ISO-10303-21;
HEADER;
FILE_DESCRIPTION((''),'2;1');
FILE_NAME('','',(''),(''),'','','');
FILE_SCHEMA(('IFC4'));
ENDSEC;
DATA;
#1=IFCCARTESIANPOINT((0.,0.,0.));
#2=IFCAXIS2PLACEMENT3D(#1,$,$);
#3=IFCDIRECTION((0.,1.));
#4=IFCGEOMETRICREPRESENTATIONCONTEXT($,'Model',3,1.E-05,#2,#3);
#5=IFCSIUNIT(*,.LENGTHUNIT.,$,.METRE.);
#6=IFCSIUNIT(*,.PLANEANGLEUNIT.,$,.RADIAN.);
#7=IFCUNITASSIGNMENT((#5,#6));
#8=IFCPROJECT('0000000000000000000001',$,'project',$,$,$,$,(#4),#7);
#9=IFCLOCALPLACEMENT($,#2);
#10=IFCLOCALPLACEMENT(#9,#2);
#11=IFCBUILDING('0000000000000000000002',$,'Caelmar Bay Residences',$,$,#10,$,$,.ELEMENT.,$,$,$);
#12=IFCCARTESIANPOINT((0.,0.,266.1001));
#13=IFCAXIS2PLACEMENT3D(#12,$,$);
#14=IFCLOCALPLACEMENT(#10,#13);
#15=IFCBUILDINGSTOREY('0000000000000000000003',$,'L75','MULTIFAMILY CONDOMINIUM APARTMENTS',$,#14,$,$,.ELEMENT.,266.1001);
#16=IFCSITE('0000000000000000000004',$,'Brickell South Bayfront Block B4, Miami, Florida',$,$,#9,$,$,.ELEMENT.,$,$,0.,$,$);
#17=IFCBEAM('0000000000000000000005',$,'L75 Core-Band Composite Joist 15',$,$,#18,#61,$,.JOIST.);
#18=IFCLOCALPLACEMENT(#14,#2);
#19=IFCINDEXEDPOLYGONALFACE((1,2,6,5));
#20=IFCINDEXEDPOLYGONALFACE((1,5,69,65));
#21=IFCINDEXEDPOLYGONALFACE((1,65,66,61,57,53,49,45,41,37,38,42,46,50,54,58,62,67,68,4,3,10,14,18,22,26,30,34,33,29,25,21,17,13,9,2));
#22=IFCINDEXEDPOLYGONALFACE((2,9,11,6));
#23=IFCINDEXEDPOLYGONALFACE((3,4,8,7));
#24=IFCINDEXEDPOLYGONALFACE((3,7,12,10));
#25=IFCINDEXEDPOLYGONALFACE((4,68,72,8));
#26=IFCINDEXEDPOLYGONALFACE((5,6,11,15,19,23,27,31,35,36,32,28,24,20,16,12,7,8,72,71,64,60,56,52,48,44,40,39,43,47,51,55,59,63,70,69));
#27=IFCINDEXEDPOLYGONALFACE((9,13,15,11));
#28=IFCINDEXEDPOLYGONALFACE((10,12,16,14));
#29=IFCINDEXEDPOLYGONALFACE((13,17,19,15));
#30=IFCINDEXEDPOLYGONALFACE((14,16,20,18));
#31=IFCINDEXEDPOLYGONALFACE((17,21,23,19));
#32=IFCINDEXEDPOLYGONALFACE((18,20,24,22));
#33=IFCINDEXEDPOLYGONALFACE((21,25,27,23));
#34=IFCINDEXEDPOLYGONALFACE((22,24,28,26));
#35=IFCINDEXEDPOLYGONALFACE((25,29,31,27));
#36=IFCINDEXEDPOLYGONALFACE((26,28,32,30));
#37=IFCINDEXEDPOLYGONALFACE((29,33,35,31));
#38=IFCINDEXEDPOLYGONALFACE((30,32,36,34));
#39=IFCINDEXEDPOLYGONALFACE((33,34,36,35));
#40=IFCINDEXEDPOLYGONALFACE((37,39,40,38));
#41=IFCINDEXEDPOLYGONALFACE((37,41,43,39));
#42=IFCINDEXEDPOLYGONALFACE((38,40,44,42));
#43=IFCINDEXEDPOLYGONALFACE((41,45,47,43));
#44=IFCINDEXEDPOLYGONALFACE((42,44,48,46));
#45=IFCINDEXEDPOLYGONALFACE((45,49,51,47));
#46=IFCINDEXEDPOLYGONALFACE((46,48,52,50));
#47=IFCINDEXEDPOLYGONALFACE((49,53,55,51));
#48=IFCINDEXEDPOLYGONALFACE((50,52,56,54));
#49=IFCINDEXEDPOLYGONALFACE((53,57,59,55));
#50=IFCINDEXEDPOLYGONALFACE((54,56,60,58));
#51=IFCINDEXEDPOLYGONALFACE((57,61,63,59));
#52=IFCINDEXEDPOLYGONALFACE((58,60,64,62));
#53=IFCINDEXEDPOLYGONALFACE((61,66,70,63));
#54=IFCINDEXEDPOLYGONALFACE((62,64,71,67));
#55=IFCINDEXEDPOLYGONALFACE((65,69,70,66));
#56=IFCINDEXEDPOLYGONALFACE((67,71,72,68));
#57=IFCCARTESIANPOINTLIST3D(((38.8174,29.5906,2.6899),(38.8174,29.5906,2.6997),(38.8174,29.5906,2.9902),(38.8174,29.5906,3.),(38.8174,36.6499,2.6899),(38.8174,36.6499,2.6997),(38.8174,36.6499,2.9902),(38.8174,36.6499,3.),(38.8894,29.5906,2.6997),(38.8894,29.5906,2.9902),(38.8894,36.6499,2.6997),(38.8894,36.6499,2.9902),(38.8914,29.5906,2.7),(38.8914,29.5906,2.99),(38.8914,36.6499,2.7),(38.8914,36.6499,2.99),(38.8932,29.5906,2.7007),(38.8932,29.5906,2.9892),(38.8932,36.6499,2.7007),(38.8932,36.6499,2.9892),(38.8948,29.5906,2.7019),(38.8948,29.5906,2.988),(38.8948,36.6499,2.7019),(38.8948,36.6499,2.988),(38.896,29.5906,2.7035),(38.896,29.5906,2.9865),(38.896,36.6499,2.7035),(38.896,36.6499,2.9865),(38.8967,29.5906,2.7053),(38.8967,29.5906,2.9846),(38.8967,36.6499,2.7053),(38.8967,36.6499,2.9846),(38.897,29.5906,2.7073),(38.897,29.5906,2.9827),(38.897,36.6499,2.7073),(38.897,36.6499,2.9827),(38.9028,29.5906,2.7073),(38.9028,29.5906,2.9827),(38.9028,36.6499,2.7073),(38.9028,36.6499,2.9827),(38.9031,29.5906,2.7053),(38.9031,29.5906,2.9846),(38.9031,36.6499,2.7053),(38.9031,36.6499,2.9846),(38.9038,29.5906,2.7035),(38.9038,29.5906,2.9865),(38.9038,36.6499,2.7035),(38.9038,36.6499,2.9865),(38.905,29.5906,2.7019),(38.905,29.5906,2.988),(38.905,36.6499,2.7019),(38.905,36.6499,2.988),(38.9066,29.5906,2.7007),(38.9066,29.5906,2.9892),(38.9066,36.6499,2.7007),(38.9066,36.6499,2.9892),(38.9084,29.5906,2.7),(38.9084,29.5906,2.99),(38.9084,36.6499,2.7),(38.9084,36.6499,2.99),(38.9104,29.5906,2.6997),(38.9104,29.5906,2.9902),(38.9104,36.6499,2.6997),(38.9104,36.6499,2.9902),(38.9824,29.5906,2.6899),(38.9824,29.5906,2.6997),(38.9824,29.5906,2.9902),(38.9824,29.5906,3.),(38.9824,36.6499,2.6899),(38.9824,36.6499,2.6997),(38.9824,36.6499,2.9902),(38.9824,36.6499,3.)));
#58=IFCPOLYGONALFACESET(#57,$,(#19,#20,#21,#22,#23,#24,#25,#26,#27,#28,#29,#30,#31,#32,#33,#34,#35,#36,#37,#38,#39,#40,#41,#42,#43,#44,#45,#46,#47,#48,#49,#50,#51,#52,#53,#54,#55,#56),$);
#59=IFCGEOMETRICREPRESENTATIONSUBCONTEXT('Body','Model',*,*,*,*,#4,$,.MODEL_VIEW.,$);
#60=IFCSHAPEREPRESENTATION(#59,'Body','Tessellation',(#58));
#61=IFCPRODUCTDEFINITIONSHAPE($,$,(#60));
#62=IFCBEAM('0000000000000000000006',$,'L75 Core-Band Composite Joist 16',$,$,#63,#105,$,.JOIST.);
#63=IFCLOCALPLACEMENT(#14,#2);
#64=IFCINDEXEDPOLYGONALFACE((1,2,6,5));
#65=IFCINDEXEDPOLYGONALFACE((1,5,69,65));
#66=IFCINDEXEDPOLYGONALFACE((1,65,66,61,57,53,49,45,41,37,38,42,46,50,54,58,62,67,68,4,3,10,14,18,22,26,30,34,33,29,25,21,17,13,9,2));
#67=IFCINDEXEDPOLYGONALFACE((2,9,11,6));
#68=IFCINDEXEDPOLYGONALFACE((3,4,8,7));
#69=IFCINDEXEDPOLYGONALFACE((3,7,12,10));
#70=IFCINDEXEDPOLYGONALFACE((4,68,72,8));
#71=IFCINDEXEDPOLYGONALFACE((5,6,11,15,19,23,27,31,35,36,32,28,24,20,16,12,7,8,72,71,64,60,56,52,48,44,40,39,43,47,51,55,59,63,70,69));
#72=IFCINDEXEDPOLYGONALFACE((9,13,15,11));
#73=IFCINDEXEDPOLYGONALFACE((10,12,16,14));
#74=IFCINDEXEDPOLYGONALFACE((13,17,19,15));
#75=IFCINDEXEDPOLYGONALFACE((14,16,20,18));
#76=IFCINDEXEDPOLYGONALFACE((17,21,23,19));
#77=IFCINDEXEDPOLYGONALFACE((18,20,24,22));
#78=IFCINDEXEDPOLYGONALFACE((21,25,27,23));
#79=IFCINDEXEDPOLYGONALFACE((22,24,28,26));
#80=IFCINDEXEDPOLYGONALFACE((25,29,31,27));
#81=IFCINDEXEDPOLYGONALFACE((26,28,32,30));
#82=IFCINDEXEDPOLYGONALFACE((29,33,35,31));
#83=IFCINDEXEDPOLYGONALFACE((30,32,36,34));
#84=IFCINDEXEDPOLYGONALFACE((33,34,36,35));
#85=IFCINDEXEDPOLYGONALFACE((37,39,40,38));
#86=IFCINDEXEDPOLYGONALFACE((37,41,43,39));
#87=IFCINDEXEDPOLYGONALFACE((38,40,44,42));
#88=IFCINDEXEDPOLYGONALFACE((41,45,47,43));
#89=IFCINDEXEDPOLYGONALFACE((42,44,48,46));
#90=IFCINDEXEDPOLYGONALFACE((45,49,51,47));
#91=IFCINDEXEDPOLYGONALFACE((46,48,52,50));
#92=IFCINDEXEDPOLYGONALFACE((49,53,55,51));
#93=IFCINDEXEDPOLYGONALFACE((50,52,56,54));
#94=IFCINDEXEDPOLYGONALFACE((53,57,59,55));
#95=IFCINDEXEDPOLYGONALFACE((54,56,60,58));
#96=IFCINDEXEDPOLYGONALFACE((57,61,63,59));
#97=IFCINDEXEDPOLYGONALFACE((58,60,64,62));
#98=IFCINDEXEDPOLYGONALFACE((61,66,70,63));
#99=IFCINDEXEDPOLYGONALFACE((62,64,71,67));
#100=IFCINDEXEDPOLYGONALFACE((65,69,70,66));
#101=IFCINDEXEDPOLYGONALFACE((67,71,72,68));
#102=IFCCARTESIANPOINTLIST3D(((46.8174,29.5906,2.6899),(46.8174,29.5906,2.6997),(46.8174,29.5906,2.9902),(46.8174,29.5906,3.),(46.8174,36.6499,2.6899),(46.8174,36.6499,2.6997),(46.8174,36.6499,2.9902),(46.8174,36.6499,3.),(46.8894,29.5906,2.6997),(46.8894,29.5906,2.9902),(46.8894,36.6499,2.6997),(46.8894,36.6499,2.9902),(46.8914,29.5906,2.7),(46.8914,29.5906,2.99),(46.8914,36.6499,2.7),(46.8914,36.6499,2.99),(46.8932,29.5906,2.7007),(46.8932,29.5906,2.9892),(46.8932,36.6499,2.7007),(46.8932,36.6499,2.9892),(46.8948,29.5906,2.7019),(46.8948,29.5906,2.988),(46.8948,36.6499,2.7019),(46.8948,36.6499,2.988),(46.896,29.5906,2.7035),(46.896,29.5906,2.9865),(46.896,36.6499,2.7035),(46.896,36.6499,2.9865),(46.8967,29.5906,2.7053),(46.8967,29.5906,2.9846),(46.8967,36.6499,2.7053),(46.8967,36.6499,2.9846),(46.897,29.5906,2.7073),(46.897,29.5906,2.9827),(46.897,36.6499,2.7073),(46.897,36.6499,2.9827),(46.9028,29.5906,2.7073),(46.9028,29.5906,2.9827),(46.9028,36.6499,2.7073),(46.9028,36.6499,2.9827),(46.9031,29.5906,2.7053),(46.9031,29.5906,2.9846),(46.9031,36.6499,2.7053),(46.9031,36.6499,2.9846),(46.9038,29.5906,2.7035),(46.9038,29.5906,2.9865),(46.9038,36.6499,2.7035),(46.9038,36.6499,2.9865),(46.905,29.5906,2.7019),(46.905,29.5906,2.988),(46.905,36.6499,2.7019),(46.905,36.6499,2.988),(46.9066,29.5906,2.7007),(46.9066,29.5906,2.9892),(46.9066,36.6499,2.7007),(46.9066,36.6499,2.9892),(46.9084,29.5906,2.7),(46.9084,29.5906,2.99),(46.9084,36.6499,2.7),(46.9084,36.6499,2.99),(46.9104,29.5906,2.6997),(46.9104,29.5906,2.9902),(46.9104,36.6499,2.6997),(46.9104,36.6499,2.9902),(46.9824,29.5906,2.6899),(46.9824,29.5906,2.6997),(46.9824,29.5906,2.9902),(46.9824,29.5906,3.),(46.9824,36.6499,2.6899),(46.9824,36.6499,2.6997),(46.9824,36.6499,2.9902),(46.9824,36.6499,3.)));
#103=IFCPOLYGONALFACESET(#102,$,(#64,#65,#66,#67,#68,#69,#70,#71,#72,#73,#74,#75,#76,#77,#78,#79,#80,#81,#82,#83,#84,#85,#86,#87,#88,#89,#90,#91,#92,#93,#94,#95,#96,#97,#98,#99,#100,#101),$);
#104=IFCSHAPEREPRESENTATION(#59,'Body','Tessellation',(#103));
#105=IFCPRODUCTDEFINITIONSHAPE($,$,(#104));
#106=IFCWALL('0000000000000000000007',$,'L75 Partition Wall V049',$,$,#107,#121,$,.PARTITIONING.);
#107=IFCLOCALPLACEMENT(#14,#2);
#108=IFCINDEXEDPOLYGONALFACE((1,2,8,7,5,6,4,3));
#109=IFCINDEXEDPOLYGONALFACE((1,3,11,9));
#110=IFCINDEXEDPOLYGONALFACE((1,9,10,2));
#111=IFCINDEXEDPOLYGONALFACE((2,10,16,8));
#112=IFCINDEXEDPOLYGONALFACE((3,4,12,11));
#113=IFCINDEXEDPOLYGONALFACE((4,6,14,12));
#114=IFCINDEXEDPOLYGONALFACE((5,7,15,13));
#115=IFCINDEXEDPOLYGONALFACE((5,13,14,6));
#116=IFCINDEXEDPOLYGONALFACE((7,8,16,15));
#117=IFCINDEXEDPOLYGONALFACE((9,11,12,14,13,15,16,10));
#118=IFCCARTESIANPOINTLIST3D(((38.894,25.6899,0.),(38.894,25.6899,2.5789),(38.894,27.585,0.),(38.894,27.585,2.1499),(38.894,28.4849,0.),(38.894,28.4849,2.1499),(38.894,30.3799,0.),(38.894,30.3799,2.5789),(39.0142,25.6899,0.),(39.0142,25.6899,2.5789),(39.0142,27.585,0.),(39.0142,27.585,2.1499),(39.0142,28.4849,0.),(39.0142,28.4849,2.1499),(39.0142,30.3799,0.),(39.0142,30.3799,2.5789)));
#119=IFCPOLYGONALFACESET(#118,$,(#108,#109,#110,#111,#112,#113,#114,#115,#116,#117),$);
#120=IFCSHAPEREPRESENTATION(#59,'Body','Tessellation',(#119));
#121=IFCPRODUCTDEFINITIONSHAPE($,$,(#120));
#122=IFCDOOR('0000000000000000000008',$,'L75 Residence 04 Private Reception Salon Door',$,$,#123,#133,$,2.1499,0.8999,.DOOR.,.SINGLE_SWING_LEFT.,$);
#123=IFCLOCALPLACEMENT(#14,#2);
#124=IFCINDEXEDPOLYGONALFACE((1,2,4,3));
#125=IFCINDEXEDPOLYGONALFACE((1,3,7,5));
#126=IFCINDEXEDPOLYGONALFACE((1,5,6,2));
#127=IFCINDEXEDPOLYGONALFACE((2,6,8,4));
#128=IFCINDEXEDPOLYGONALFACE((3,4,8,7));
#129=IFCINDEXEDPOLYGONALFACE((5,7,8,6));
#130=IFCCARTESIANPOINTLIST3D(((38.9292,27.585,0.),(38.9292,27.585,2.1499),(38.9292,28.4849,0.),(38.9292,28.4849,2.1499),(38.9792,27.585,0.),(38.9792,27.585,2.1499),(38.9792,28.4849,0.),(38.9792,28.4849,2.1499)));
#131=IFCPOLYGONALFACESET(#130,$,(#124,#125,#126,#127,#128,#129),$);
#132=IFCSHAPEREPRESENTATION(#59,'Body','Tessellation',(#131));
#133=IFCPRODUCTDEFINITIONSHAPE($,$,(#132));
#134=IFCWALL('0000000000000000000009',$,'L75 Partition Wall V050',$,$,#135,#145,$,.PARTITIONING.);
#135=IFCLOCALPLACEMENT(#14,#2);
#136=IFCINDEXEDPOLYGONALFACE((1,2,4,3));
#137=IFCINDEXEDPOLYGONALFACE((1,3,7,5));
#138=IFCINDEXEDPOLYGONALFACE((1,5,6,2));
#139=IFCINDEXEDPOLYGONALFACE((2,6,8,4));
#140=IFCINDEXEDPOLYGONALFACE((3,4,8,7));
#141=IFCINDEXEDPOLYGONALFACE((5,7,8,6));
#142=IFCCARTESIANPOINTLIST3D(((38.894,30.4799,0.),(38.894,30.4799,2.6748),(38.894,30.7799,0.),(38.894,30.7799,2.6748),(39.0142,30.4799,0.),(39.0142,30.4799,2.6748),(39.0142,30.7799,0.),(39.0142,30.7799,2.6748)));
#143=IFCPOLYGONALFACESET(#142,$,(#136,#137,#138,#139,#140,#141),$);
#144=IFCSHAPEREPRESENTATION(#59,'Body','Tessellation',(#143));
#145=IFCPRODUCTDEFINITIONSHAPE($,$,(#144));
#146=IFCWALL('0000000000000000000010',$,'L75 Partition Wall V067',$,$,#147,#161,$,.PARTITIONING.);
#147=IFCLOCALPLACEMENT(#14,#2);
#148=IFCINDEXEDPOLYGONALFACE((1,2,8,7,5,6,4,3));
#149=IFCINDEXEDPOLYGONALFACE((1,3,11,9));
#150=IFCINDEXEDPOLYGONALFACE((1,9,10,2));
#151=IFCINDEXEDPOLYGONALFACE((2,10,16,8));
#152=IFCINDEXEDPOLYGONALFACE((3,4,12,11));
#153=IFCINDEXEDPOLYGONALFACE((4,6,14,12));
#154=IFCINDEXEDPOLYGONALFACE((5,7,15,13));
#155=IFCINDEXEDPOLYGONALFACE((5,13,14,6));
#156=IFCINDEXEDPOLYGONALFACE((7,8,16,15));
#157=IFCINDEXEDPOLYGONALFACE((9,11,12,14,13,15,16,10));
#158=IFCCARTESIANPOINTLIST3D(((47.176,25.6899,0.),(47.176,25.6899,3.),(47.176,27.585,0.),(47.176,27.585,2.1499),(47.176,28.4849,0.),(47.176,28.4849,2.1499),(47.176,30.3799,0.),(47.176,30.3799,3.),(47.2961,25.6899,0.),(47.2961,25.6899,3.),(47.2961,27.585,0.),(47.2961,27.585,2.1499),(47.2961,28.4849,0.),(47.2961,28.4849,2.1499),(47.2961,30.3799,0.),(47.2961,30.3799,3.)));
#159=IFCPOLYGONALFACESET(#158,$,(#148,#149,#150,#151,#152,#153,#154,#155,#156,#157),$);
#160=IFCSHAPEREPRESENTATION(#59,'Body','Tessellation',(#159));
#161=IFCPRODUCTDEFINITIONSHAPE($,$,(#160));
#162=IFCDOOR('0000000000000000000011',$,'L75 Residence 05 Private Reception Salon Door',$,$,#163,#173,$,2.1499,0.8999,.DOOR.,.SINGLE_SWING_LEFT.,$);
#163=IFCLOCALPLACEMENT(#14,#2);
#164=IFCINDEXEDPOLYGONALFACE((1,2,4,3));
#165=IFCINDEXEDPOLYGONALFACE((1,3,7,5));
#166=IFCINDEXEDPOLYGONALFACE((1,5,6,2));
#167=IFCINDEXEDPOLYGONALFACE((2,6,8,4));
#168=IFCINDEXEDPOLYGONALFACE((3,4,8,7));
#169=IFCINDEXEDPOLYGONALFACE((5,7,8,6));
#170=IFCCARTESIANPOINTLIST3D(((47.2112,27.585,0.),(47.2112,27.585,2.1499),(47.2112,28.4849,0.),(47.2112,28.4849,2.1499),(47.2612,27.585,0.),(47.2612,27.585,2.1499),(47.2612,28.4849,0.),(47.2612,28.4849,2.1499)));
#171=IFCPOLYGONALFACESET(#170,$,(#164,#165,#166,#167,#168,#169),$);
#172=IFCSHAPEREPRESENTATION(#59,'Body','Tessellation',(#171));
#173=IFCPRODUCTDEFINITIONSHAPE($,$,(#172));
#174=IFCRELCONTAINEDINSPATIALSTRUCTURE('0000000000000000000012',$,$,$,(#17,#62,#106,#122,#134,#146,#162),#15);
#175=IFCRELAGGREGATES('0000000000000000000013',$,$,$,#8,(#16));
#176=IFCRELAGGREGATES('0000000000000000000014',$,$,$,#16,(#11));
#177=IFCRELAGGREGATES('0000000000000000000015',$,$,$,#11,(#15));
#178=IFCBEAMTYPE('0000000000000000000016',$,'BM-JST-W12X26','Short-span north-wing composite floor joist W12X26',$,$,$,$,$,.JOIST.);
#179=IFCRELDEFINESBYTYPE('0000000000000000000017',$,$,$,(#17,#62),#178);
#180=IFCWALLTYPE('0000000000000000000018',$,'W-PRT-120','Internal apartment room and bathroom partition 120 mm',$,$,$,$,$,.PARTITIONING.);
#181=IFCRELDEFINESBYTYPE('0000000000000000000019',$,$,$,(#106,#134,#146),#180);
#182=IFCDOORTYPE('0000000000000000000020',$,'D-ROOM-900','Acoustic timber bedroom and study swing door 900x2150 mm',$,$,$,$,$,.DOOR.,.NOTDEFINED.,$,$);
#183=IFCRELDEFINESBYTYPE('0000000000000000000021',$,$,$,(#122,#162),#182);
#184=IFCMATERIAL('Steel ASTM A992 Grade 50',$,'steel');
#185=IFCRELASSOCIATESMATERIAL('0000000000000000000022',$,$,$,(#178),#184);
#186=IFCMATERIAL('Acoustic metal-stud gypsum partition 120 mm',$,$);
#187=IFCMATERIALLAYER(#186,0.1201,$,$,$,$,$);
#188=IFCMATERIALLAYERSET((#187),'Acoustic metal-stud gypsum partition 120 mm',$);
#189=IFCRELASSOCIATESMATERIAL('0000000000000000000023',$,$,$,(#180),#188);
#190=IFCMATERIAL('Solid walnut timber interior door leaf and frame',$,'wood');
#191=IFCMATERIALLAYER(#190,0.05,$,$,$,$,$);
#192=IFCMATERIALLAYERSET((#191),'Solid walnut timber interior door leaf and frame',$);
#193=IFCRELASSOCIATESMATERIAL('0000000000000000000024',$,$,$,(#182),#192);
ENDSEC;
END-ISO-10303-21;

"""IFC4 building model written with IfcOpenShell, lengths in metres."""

from ifc_helpers import new_model, si_unit, direction, frame, frame_2d, origin, origin_2d, place, context, subcontext, project, spatial, rectangle, i_section, extrude, material, layer, layer_set, material_profile, profile_set, type_object, element, fill, save


model = new_model("IFC4")

# Units and contexts
model_context = context("Model", 3, precision=1e-05, world=origin(), true_north=direction((0.0, 1.0)))
body_context = subcontext(model_context, "Body", "Model", "MODEL_VIEW")
ifc_project = project(units=[si_unit("LENGTHUNIT", "METRE"), si_unit("PLANEANGLEUNIT", "RADIAN")], contexts=[model_context])

# Site, building, storey
site_placement = place(None, origin())
site = spatial("IfcSite", under=ifc_project, at=site_placement, Name="Brickell South Bayfront Block B4, Miami, Florida", CompositionType="ELEMENT", RefElevation=0.0)
building_placement = place(site_placement, origin())
building = spatial("IfcBuilding", under=site, at=building_placement, Name="Caelmar Bay Residences", CompositionType="ELEMENT")
storey_placement = place(building_placement, frame((0.0, 0.0, 266.1001)))
storey = spatial("IfcBuildingStorey", under=building, at=storey_placement, Name="L75", Description="MULTIFAMILY CONDOMINIUM APARTMENTS", CompositionType="ELEMENT", Elevation=266.1001)

# Beams
ifc_material_1 = material(Name="Steel ASTM A992 Grade 50", Category="steel")
ifc_material_profile_1 = material_profile(ifc_material_1, i_section(OverallWidth=0.165, OverallDepth=0.3101, WebThickness=0.0059, FlangeThickness=0.0098, FilletRadius=0.0076, at=origin_2d()), Name="W12X26")
ifc_profile_set_1 = profile_set([ifc_material_profile_1], Name="Steel ASTM A992 Grade 50")
beam_type_1 = type_object("IfcBeamType", Name="BM-JST-W12X26", Description="Short-span north-wing composite floor joist W12X26", PredefinedType="JOIST", material=ifc_profile_set_1)
for number, where, z_axis, x_axis, name in (
    (1, (38.8999, 29.5906, 2.845), (0.0, 1.0, 0.0), (-1.0, 0.0, 0.0), "L75 Core-Band Composite Joist 15"),
    (2, (46.8999, 29.5906, 2.845), (0.0, 1.0, 0.0), (-1.0, 0.0, 0.0), "L75 Core-Band Composite Joist 16"),
):
    element("IfcBeam", number, at=place(storey_placement, frame(where, z_axis=z_axis, x_axis=x_axis)), inside=storey, type_object=beam_type_1, Name=name, PredefinedType="JOIST", context=body_context, shape_type="SweptSolid", body=[
        extrude(i_section(OverallWidth=0.165, OverallDepth=0.3101, WebThickness=0.0059, FlangeThickness=0.0098, FilletRadius=0.0076, at=origin_2d()), origin(), (0.0, 0.0, 1.0), 7.0593),
    ])

# Wall, opening, door
ifc_material_2 = material(Name="Acoustic metal-stud gypsum partition 120 mm")
ifc_layer_1 = layer(ifc_material_2, 0.1201)
ifc_layer_set_1 = layer_set([ifc_layer_1], Name="Acoustic metal-stud gypsum partition 120 mm")
wall_type_1 = type_object("IfcWallType", Name="W-PRT-120", Description="Internal apartment room and bathroom partition 120 mm", PredefinedType="PARTITIONING", material=ifc_layer_set_1)
wall_1_placement = place(storey_placement, frame((38.9541, 25.6899, 0.0), z_axis=(0.0, 0.0, 1.0), x_axis=(0.0, 1.0, 0.0)))
wall_1 = element("IfcWall", 3, at=wall_1_placement, inside=storey, type_object=wall_type_1, Name="L75 Partition Wall V049", PredefinedType="PARTITIONING", context=body_context, shape_type="SweptSolid", body=[
    extrude(rectangle(XDim=4.6899, YDim=0.1201, at=frame_2d((2.345, 0.0))), origin(), (0.0, 0.0, 1.0), 2.5789),
])
opening_1_placement = place(wall_1_placement, frame((1.895, 0.0, 0.0)))
opening_1 = element("IfcOpeningElement", 4, at=opening_1_placement, cuts=wall_1, PredefinedType="OPENING", context=body_context, shape_type="SweptSolid", body=[
    extrude(rectangle(XDim=0.8999, YDim=2.1499, at=frame_2d((0.45, 1.075))), frame((0.0, 0.0701, 0.0), z_axis=(0.0, -1.0, 0.0), x_axis=(1.0, 0.0, 0.0)), (0.0, 0.0, 1.0), 0.1401),
])
ifc_material_3 = material(Name="Solid walnut timber interior door leaf and frame", Category="wood")
ifc_layer_2 = layer(ifc_material_3, 0.05)
ifc_layer_set_2 = layer_set([ifc_layer_2], Name="Solid walnut timber interior door leaf and frame")
door_type = type_object("IfcDoorType", Name="D-ROOM-900", Description="Acoustic timber bedroom and study swing door 900x2150 mm", OperationType="NOTDEFINED", PredefinedType="DOOR", material=ifc_layer_set_2)
door_1_placement = place(opening_1_placement, origin())
door_1 = element("IfcDoor", 5, at=door_1_placement, inside=storey, type_object=door_type, Name="L75 Residence 04 Private Reception Salon Door", OperationType="SINGLE_SWING_LEFT", OverallHeight=2.1499, OverallWidth=0.8999, PredefinedType="DOOR", context=body_context, shape_type="SweptSolid", body=[
    extrude(rectangle(XDim=0.8999, YDim=2.1499, at=frame_2d((0.45, 1.075))), frame((0.0, 0.0249, 0.0), z_axis=(0.0, -1.0, 0.0), x_axis=(1.0, 0.0, 0.0)), (0.0, 0.0, 1.0), 0.05),
])
fill(opening_1, door_1)

# Wall
wall_2_placement = place(storey_placement, frame((38.9541, 30.48, 0.0), z_axis=(0.0, 0.0, 1.0), x_axis=(0.0, 1.0, 0.0)))
element("IfcWall", 6, at=wall_2_placement, inside=storey, type_object=wall_type_1, Name="L75 Partition Wall V050", PredefinedType="PARTITIONING", context=body_context, shape_type="SweptSolid", body=[
    extrude(rectangle(XDim=0.3, YDim=0.1201, at=frame_2d((0.1499, 0.0))), origin(), (0.0, 0.0, 1.0), 2.6748),
])

# Wall, opening, door
wall_3_placement = place(storey_placement, frame((47.2361, 25.6899, 0.0), z_axis=(0.0, 0.0, 1.0), x_axis=(0.0, 1.0, 0.0)))
wall_3 = element("IfcWall", 7, at=wall_3_placement, inside=storey, type_object=wall_type_1, Name="L75 Partition Wall V067", PredefinedType="PARTITIONING", context=body_context, shape_type="SweptSolid", body=[
    extrude(rectangle(XDim=4.6899, YDim=0.1201, at=frame_2d((2.345, 0.0))), origin(), (0.0, 0.0, 1.0), 3.0),
])
opening_2_placement = place(wall_3_placement, frame((1.895, 0.0, 0.0)))
opening_2 = element("IfcOpeningElement", 8, at=opening_2_placement, cuts=wall_3, PredefinedType="OPENING", context=body_context, shape_type="SweptSolid", body=[
    extrude(rectangle(XDim=0.8999, YDim=2.1499, at=frame_2d((0.45, 1.075))), frame((0.0, 0.0701, 0.0), z_axis=(0.0, -1.0, 0.0), x_axis=(1.0, 0.0, 0.0)), (0.0, 0.0, 1.0), 0.1401),
])
door_2_placement = place(opening_2_placement, origin())
door_2 = element("IfcDoor", 9, at=door_2_placement, inside=storey, type_object=door_type, Name="L75 Residence 05 Private Reception Salon Door", OperationType="SINGLE_SWING_LEFT", OverallHeight=2.1499, OverallWidth=0.8999, PredefinedType="DOOR", context=body_context, shape_type="SweptSolid", body=[
    extrude(rectangle(XDim=0.8999, YDim=2.1499, at=frame_2d((0.45, 1.075))), frame((0.0, 0.0249, 0.0), z_axis=(0.0, -1.0, 0.0), x_axis=(1.0, 0.0, 0.0)), (0.0, 0.0, 1.0), 0.05),
])
fill(opening_2, door_2)

save(model, "model.ifc")
